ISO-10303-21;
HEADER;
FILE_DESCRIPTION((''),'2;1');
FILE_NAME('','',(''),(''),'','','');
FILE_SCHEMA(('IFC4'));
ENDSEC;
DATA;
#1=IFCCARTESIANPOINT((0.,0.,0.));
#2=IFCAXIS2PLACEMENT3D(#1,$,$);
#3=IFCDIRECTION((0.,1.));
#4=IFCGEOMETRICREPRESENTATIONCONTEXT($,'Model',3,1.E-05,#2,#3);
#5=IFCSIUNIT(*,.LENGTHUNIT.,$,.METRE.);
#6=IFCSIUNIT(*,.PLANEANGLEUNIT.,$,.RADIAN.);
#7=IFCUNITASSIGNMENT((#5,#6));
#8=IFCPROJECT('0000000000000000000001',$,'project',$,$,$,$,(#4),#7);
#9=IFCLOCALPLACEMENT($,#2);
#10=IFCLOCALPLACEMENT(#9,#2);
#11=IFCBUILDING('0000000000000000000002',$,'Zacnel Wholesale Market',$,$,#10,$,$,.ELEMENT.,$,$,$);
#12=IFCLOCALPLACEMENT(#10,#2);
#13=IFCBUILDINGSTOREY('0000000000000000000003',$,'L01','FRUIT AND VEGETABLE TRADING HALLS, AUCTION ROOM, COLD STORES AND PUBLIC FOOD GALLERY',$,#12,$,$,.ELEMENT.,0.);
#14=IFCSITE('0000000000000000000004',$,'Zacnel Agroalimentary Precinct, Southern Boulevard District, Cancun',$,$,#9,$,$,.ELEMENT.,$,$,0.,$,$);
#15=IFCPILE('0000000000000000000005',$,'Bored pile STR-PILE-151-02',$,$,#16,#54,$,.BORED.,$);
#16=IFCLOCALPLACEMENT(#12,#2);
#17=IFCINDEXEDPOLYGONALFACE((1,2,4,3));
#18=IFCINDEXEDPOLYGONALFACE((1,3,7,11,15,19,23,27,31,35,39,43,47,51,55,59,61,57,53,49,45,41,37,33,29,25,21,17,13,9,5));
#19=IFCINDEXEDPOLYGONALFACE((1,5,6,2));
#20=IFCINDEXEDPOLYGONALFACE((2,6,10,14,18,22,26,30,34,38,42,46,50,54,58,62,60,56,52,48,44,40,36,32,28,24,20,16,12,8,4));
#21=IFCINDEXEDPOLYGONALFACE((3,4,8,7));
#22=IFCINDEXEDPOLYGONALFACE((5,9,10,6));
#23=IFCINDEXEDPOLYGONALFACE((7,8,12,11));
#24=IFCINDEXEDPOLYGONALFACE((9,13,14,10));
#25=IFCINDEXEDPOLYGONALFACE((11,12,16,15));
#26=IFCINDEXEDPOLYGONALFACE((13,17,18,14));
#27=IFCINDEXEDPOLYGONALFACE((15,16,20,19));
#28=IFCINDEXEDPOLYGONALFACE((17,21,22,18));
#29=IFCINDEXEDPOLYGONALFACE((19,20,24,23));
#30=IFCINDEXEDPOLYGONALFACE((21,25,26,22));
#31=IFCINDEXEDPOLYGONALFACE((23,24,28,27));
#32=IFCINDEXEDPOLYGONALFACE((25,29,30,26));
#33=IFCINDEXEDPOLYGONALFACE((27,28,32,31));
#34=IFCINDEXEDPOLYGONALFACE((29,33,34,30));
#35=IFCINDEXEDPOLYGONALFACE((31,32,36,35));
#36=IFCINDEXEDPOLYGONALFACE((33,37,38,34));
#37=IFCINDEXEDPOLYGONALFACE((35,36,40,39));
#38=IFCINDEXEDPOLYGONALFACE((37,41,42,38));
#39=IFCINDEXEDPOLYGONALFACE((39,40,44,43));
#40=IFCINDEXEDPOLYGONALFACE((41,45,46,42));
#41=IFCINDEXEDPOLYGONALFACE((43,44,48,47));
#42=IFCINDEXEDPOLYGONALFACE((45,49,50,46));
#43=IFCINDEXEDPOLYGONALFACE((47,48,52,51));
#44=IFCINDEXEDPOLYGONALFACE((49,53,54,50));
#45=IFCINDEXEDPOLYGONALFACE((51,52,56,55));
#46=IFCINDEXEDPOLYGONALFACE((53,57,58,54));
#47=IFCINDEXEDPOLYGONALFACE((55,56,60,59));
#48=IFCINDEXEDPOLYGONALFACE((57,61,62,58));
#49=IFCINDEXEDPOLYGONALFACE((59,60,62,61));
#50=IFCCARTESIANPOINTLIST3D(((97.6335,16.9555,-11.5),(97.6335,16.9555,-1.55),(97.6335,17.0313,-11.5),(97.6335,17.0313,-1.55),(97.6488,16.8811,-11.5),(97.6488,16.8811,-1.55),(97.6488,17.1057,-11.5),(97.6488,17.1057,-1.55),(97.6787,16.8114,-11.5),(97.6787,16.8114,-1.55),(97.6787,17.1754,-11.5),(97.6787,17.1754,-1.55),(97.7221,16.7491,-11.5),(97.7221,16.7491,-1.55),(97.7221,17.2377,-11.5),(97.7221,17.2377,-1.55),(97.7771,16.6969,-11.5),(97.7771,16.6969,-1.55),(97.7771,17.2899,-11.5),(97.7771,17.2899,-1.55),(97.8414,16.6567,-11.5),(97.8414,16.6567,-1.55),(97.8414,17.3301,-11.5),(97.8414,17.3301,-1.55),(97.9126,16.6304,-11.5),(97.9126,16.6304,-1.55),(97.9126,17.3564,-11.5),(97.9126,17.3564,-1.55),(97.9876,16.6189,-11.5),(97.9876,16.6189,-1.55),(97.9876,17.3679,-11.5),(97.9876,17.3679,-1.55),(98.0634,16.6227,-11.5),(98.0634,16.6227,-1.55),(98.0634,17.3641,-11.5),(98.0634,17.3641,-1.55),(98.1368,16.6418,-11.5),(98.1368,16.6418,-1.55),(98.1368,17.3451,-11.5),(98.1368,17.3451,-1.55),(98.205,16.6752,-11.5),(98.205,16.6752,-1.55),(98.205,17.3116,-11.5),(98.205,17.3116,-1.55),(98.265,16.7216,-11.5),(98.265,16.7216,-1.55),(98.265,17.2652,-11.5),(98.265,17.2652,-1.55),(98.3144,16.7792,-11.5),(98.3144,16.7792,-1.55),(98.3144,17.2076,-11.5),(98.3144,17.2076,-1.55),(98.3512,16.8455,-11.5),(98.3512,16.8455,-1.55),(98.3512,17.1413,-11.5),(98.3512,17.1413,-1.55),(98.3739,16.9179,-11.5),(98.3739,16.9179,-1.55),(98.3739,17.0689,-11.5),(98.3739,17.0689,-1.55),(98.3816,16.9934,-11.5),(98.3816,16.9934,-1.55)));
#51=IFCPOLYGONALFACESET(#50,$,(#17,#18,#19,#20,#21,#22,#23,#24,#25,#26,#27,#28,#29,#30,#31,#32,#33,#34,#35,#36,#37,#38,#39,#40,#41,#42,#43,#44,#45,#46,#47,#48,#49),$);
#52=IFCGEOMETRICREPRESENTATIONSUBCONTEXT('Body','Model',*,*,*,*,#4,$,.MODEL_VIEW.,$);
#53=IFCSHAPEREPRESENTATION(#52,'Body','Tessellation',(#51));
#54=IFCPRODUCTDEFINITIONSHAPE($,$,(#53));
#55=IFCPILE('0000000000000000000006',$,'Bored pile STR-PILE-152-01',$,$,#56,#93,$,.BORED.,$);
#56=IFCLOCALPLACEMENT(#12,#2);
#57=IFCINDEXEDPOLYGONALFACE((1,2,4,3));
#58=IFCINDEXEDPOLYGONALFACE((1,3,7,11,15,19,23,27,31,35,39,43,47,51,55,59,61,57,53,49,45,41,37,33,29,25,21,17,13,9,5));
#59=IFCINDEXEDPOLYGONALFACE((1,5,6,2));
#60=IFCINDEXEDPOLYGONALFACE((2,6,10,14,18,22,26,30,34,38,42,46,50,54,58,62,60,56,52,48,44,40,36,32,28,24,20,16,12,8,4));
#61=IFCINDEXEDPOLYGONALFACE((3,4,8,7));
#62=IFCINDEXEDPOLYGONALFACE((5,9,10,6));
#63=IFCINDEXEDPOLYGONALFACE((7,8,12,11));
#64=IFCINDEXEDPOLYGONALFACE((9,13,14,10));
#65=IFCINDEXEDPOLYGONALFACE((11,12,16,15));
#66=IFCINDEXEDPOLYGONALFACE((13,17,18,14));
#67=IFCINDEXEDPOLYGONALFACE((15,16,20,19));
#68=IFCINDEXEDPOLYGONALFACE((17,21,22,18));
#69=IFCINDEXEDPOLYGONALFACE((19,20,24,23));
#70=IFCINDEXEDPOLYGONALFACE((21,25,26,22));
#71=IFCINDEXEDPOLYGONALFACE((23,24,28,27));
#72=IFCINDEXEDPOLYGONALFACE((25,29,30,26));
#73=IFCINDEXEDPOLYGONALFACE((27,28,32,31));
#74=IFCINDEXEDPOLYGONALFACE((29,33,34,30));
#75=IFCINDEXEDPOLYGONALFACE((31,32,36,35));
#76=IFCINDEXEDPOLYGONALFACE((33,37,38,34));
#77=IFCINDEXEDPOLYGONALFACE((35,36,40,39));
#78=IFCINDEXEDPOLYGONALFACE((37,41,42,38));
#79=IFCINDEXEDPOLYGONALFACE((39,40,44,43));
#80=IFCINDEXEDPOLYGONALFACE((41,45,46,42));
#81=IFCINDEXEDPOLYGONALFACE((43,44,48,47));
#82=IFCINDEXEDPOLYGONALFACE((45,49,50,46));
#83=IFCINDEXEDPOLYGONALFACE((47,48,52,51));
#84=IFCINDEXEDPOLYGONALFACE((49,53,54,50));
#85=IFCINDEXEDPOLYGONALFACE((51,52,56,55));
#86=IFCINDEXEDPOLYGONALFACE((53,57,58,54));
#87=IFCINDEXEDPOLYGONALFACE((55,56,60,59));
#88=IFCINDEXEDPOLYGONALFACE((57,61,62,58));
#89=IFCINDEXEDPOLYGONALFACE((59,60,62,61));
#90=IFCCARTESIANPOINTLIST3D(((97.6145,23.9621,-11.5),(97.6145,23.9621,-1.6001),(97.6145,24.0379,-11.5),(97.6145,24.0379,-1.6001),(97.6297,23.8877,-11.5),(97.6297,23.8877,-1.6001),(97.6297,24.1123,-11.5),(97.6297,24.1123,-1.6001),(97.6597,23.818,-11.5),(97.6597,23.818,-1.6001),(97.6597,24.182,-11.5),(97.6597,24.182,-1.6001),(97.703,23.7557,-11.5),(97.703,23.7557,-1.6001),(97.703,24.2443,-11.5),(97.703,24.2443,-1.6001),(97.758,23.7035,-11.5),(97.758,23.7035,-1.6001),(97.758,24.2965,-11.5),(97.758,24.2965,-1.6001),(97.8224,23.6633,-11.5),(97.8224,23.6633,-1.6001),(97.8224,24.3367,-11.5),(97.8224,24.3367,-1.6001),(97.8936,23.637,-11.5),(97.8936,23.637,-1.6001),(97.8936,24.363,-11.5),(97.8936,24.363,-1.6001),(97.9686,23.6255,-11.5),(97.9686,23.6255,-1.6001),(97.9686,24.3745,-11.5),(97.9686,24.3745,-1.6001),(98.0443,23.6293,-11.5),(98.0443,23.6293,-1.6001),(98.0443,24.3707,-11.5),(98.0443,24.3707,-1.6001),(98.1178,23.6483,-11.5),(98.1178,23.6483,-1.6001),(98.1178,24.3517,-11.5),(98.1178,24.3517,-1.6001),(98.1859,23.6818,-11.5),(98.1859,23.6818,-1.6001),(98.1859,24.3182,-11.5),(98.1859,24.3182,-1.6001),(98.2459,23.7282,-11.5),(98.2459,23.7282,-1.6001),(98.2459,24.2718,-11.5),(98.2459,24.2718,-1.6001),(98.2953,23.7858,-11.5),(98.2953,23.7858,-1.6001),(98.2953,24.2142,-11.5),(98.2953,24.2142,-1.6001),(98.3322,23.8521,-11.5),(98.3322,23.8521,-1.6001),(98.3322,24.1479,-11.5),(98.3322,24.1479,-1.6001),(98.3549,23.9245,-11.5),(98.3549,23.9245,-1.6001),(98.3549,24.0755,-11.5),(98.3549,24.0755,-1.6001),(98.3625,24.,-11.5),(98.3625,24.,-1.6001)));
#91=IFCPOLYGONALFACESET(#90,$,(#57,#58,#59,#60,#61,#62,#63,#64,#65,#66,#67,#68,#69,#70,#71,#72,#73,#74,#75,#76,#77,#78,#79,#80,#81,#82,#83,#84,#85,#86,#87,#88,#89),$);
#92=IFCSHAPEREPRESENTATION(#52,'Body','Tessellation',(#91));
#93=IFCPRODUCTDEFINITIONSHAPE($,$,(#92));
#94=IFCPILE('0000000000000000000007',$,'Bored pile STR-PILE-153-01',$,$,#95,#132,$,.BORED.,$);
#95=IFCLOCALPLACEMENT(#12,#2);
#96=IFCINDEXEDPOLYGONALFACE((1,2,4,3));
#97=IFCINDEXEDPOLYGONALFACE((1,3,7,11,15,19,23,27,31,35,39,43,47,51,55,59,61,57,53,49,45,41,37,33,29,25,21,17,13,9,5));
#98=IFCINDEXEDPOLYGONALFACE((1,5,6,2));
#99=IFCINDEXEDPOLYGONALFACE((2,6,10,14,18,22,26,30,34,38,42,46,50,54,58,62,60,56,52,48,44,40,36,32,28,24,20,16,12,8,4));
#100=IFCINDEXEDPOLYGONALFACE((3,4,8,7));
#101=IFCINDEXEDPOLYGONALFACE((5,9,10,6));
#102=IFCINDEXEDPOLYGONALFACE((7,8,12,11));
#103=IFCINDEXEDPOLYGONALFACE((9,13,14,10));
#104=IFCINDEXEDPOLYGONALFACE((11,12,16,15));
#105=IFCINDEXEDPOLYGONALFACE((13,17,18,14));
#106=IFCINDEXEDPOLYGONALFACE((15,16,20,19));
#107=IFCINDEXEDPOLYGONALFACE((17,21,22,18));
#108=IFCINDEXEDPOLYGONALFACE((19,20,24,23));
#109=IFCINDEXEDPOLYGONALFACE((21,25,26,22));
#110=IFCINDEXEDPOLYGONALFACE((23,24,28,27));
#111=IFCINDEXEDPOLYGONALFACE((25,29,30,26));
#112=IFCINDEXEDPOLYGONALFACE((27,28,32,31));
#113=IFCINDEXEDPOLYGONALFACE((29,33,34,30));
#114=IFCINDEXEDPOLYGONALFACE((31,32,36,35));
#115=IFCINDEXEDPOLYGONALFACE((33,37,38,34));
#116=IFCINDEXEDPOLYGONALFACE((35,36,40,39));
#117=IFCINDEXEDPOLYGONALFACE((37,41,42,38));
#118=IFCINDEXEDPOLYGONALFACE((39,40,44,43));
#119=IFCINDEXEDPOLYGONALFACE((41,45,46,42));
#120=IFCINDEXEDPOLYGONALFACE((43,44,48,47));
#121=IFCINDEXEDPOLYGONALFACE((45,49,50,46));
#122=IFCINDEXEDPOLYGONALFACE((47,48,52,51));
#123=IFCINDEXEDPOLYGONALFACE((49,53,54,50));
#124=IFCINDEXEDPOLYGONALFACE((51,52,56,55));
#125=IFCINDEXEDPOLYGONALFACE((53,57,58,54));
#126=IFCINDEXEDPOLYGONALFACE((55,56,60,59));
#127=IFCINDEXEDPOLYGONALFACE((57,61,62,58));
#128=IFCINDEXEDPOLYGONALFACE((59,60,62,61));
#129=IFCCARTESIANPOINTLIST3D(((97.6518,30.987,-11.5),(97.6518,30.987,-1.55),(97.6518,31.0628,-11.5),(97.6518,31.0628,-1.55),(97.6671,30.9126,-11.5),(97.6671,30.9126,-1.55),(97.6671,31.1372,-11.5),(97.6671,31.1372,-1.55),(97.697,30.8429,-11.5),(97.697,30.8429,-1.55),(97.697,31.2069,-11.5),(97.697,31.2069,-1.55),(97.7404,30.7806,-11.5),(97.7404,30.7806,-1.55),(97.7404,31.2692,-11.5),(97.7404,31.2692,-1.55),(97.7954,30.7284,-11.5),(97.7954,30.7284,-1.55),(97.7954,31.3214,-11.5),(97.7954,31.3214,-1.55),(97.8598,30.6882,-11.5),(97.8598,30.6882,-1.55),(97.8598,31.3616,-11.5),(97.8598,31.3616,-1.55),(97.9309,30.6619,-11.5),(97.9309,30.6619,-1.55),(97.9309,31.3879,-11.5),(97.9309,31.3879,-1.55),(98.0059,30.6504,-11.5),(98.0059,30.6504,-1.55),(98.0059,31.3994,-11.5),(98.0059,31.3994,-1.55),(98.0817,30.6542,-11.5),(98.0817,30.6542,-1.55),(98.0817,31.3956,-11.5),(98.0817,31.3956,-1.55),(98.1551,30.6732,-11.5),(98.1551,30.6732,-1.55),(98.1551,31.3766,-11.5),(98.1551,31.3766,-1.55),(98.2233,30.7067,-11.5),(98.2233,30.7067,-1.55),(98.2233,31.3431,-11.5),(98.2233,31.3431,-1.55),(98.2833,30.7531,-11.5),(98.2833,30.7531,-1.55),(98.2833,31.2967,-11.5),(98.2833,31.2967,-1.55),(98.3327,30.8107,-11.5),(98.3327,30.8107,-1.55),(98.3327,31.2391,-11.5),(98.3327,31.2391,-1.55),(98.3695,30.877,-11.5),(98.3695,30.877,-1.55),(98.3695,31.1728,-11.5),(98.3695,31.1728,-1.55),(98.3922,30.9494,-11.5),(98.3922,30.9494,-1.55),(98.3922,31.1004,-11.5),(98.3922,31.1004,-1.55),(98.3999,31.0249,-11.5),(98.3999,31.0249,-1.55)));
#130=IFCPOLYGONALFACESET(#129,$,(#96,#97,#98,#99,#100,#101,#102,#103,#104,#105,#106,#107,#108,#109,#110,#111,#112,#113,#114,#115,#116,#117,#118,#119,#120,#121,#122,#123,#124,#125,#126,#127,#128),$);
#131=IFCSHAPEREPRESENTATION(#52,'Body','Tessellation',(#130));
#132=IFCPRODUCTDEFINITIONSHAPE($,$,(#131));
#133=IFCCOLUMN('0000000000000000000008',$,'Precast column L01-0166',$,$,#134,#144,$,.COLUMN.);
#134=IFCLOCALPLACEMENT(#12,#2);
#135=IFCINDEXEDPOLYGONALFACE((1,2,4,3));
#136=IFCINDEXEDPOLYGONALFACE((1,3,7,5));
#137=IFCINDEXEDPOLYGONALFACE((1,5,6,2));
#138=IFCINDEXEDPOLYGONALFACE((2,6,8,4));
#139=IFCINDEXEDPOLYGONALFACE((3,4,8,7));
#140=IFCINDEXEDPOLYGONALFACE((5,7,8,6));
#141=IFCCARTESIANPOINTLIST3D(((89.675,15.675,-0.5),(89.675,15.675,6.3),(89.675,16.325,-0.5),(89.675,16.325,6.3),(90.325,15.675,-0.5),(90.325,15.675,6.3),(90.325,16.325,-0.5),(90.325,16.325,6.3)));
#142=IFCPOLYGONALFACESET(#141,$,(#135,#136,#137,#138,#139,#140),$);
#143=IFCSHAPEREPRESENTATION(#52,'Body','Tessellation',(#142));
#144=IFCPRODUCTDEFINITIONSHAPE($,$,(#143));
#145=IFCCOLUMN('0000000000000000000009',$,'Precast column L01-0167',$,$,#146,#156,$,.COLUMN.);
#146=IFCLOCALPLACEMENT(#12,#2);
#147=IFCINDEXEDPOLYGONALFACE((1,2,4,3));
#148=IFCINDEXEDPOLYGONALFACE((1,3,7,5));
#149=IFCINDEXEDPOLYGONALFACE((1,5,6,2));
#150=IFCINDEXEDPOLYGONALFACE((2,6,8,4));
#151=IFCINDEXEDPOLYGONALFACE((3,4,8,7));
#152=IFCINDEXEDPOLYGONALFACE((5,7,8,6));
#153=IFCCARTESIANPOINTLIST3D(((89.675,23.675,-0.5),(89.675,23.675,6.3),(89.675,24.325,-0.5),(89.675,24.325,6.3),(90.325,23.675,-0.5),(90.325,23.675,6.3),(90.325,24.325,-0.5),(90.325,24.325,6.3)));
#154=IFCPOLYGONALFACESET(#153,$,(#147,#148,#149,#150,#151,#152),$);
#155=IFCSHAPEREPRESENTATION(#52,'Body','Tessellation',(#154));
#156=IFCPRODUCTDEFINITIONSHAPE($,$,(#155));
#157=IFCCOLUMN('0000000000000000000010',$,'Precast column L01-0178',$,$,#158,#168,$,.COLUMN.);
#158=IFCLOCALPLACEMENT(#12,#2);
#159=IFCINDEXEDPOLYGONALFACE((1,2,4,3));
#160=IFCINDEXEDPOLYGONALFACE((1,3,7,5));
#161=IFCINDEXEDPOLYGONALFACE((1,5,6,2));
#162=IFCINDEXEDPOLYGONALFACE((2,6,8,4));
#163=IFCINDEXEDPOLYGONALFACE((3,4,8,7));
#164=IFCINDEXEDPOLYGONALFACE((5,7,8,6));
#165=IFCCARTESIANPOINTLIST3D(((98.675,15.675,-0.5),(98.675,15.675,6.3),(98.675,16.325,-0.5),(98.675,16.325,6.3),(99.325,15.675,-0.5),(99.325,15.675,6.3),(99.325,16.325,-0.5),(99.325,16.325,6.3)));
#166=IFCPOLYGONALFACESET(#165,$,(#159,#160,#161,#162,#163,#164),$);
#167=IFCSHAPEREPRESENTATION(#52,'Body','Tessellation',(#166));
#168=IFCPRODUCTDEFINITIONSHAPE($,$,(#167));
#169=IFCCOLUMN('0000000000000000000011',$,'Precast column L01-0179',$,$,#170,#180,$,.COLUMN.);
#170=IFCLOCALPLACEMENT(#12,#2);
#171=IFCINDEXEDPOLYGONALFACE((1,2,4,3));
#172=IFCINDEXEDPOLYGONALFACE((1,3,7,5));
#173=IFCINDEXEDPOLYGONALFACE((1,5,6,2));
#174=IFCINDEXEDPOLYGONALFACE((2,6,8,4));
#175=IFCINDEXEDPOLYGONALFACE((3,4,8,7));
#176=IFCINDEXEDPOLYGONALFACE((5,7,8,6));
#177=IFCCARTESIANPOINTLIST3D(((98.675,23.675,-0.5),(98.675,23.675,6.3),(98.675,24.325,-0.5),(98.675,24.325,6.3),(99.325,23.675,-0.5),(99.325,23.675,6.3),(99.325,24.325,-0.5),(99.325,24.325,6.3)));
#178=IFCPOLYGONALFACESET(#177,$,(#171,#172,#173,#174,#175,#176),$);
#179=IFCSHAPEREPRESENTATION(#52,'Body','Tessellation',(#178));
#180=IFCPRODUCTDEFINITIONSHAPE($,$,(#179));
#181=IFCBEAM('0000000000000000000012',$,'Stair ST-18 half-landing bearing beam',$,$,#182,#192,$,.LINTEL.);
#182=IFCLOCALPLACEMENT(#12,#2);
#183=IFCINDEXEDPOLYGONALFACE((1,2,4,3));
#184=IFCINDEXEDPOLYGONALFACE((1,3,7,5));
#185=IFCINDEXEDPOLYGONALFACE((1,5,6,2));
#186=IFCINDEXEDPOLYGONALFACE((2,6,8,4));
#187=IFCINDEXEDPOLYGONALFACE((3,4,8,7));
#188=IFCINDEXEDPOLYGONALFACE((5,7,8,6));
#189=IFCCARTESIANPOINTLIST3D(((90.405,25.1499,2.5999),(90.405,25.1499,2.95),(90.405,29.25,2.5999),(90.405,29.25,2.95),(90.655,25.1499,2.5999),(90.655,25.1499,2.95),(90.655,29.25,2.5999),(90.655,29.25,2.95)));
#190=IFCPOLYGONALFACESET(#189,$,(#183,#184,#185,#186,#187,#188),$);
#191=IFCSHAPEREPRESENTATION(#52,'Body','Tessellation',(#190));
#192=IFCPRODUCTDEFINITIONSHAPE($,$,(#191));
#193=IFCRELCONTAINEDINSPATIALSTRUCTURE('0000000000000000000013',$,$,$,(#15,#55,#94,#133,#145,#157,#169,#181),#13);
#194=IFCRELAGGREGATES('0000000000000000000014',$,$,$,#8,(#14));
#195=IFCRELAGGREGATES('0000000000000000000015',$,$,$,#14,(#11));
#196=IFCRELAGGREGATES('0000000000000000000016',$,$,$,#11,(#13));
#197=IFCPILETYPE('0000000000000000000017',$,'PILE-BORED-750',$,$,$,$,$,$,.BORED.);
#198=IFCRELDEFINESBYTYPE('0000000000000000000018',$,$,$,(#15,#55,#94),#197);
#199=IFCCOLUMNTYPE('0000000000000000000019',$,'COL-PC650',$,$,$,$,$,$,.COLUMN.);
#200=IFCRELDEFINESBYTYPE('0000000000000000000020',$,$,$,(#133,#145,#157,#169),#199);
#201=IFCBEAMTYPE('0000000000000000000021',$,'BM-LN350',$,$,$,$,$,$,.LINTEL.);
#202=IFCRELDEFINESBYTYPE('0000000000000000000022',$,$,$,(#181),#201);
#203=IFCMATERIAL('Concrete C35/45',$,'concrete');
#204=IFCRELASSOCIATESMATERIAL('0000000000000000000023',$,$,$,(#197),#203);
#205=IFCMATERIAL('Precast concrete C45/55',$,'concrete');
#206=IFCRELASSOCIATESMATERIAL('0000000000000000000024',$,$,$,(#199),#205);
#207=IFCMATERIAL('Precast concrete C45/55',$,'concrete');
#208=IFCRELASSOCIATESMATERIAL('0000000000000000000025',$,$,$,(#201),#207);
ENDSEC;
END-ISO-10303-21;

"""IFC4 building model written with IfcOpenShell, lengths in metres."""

from ifc_helpers import new_model, si_unit, direction, frame, origin, origin_2d, place, context, subcontext, project, spatial, rectangle, circle, extrude, material, material_profile, profile_set, type_object, element, save


model = new_model("IFC4")

# Units and contexts
model_context = context("Model", 3, precision=1e-05, world=origin(), true_north=direction((0.0, 1.0)))
body_context = subcontext(model_context, "Body", "Model", "MODEL_VIEW")
ifc_project = project(units=[si_unit("LENGTHUNIT", "METRE"), si_unit("PLANEANGLEUNIT", "RADIAN")], contexts=[model_context])

# Site, building, storey
site_placement = place(None, origin())
site = spatial("IfcSite", under=ifc_project, at=site_placement, Name="Zacnel Agroalimentary Precinct, Southern Boulevard District, Cancun", CompositionType="ELEMENT", RefElevation=0.0)
building_placement = place(site_placement, origin())
building = spatial("IfcBuilding", under=site, at=building_placement, Name="Zacnel Wholesale Market", CompositionType="ELEMENT")
storey_placement = place(building_placement, origin())
storey = spatial("IfcBuildingStorey", under=building, at=storey_placement, Name="L01", Description="FRUIT AND VEGETABLE TRADING HALLS, AUCTION ROOM, COLD STORES AND PUBLIC FOOD GALLERY", CompositionType="ELEMENT", Elevation=0.0)

# Piles
ifc_material_1 = material(Name="Concrete C35/45", Category="concrete")
ifc_material_profile_1 = material_profile(ifc_material_1, circle(Radius=0.375, at=origin_2d()), Name="BORED PILE D750")
ifc_profile_set_1 = profile_set([ifc_material_profile_1], Name="Concrete C35/45")
pile_type = type_object("IfcPileType", Name="PILE-BORED-750", PredefinedType="BORED", material=ifc_profile_set_1)
for number, where, z_axis, x_axis, name in (
    (1, (98.0066, 16.9934, -1.55), (0.0, 0.0, -1.0), (1.0, 0.0, 0.0), "Bored pile STR-PILE-151-02"),
):
    element("IfcPile", number, at=place(storey_placement, frame(where, z_axis=z_axis, x_axis=x_axis)), inside=storey, type_object=pile_type, Name=name, PredefinedType="BORED", context=body_context, shape_type="SweptSolid", body=[
        extrude(circle(Radius=0.375, at=origin_2d()), origin(), (0.0, 0.0, 1.0), 9.95),
    ])
pile_1_placement = place(storey_placement, frame((97.9875, 24.0, -1.6001), z_axis=(0.0, 0.0, -1.0), x_axis=(1.0, 0.0, 0.0)))
element("IfcPile", 2, at=pile_1_placement, inside=storey, type_object=pile_type, Name="Bored pile STR-PILE-152-01", PredefinedType="BORED", context=body_context, shape_type="SweptSolid", body=[
    extrude(circle(Radius=0.375, at=origin_2d()), origin(), (0.0, 0.0, 1.0), 9.8999),
])
pile_2_placement = place(storey_placement, frame((98.0249, 31.0249, -1.55), z_axis=(0.0, 0.0, -1.0), x_axis=(1.0, 0.0, 0.0)))
element("IfcPile", 3, at=pile_2_placement, inside=storey, type_object=pile_type, Name="Bored pile STR-PILE-153-01", PredefinedType="BORED", context=body_context, shape_type="SweptSolid", body=[
    extrude(circle(Radius=0.375, at=origin_2d()), origin(), (0.0, 0.0, 1.0), 9.95),
])

# Columns
ifc_material_2 = material(Name="Precast concrete C45/55", Category="concrete")
ifc_material_profile_2 = material_profile(ifc_material_2, rectangle(XDim=0.6499, YDim=0.6499, at=origin_2d()), Name="PC 650x650")
ifc_profile_set_2 = profile_set([ifc_material_profile_2], Name="Precast concrete C45/55")
column_type = type_object("IfcColumnType", Name="COL-PC650", PredefinedType="COLUMN", material=ifc_profile_set_2)
for number, where, z_axis, x_axis, name in (
    (4, (90.0, 16.0, -0.5), (0.0, 0.0, 1.0), (1.0, 0.0, 0.0), "Precast column L01-0166"),
    (5, (90.0, 24.0, -0.5), (0.0, 0.0, 1.0), (1.0, 0.0, 0.0), "Precast column L01-0167"),
    (6, (99.0, 16.0, -0.5), (0.0, 0.0, 1.0), (1.0, 0.0, 0.0), "Precast column L01-0178"),
    (7, (99.0, 24.0, -0.5), (0.0, 0.0, 1.0), (1.0, 0.0, 0.0), "Precast column L01-0179"),
):
    element("IfcColumn", number, at=place(storey_placement, frame(where, z_axis=z_axis, x_axis=x_axis)), inside=storey, type_object=column_type, Name=name, PredefinedType="COLUMN", context=body_context, shape_type="SweptSolid", body=[
        extrude(rectangle(XDim=0.6499, YDim=0.6499, at=origin_2d()), origin(), (0.0, 0.0, 1.0), 6.8),
    ])

# Beam
ifc_material_3 = material(Name="Precast concrete C45/55", Category="concrete")
ifc_material_profile_3 = material_profile(ifc_material_3, rectangle(XDim=0.25, YDim=0.3501, at=origin_2d()), Name="LN 250x350")
ifc_profile_set_3 = profile_set([ifc_material_profile_3], Name="Precast concrete C45/55")
beam_type = type_object("IfcBeamType", Name="BM-LN350", PredefinedType="LINTEL", material=ifc_profile_set_3)
beam_placement = place(storey_placement, frame((90.53, 25.1499, 2.7749), z_axis=(0.0, 1.0, 0.0), x_axis=(-1.0, 0.0, 0.0)))
element("IfcBeam", 8, at=beam_placement, inside=storey, type_object=beam_type, Name="Stair ST-18 half-landing bearing beam", PredefinedType="LINTEL", context=body_context, shape_type="SweptSolid", body=[
    extrude(rectangle(XDim=0.25, YDim=0.3501, at=origin_2d()), origin(), (0.0, 0.0, 1.0), 4.1001),
])

save(model, "model.ifc")
